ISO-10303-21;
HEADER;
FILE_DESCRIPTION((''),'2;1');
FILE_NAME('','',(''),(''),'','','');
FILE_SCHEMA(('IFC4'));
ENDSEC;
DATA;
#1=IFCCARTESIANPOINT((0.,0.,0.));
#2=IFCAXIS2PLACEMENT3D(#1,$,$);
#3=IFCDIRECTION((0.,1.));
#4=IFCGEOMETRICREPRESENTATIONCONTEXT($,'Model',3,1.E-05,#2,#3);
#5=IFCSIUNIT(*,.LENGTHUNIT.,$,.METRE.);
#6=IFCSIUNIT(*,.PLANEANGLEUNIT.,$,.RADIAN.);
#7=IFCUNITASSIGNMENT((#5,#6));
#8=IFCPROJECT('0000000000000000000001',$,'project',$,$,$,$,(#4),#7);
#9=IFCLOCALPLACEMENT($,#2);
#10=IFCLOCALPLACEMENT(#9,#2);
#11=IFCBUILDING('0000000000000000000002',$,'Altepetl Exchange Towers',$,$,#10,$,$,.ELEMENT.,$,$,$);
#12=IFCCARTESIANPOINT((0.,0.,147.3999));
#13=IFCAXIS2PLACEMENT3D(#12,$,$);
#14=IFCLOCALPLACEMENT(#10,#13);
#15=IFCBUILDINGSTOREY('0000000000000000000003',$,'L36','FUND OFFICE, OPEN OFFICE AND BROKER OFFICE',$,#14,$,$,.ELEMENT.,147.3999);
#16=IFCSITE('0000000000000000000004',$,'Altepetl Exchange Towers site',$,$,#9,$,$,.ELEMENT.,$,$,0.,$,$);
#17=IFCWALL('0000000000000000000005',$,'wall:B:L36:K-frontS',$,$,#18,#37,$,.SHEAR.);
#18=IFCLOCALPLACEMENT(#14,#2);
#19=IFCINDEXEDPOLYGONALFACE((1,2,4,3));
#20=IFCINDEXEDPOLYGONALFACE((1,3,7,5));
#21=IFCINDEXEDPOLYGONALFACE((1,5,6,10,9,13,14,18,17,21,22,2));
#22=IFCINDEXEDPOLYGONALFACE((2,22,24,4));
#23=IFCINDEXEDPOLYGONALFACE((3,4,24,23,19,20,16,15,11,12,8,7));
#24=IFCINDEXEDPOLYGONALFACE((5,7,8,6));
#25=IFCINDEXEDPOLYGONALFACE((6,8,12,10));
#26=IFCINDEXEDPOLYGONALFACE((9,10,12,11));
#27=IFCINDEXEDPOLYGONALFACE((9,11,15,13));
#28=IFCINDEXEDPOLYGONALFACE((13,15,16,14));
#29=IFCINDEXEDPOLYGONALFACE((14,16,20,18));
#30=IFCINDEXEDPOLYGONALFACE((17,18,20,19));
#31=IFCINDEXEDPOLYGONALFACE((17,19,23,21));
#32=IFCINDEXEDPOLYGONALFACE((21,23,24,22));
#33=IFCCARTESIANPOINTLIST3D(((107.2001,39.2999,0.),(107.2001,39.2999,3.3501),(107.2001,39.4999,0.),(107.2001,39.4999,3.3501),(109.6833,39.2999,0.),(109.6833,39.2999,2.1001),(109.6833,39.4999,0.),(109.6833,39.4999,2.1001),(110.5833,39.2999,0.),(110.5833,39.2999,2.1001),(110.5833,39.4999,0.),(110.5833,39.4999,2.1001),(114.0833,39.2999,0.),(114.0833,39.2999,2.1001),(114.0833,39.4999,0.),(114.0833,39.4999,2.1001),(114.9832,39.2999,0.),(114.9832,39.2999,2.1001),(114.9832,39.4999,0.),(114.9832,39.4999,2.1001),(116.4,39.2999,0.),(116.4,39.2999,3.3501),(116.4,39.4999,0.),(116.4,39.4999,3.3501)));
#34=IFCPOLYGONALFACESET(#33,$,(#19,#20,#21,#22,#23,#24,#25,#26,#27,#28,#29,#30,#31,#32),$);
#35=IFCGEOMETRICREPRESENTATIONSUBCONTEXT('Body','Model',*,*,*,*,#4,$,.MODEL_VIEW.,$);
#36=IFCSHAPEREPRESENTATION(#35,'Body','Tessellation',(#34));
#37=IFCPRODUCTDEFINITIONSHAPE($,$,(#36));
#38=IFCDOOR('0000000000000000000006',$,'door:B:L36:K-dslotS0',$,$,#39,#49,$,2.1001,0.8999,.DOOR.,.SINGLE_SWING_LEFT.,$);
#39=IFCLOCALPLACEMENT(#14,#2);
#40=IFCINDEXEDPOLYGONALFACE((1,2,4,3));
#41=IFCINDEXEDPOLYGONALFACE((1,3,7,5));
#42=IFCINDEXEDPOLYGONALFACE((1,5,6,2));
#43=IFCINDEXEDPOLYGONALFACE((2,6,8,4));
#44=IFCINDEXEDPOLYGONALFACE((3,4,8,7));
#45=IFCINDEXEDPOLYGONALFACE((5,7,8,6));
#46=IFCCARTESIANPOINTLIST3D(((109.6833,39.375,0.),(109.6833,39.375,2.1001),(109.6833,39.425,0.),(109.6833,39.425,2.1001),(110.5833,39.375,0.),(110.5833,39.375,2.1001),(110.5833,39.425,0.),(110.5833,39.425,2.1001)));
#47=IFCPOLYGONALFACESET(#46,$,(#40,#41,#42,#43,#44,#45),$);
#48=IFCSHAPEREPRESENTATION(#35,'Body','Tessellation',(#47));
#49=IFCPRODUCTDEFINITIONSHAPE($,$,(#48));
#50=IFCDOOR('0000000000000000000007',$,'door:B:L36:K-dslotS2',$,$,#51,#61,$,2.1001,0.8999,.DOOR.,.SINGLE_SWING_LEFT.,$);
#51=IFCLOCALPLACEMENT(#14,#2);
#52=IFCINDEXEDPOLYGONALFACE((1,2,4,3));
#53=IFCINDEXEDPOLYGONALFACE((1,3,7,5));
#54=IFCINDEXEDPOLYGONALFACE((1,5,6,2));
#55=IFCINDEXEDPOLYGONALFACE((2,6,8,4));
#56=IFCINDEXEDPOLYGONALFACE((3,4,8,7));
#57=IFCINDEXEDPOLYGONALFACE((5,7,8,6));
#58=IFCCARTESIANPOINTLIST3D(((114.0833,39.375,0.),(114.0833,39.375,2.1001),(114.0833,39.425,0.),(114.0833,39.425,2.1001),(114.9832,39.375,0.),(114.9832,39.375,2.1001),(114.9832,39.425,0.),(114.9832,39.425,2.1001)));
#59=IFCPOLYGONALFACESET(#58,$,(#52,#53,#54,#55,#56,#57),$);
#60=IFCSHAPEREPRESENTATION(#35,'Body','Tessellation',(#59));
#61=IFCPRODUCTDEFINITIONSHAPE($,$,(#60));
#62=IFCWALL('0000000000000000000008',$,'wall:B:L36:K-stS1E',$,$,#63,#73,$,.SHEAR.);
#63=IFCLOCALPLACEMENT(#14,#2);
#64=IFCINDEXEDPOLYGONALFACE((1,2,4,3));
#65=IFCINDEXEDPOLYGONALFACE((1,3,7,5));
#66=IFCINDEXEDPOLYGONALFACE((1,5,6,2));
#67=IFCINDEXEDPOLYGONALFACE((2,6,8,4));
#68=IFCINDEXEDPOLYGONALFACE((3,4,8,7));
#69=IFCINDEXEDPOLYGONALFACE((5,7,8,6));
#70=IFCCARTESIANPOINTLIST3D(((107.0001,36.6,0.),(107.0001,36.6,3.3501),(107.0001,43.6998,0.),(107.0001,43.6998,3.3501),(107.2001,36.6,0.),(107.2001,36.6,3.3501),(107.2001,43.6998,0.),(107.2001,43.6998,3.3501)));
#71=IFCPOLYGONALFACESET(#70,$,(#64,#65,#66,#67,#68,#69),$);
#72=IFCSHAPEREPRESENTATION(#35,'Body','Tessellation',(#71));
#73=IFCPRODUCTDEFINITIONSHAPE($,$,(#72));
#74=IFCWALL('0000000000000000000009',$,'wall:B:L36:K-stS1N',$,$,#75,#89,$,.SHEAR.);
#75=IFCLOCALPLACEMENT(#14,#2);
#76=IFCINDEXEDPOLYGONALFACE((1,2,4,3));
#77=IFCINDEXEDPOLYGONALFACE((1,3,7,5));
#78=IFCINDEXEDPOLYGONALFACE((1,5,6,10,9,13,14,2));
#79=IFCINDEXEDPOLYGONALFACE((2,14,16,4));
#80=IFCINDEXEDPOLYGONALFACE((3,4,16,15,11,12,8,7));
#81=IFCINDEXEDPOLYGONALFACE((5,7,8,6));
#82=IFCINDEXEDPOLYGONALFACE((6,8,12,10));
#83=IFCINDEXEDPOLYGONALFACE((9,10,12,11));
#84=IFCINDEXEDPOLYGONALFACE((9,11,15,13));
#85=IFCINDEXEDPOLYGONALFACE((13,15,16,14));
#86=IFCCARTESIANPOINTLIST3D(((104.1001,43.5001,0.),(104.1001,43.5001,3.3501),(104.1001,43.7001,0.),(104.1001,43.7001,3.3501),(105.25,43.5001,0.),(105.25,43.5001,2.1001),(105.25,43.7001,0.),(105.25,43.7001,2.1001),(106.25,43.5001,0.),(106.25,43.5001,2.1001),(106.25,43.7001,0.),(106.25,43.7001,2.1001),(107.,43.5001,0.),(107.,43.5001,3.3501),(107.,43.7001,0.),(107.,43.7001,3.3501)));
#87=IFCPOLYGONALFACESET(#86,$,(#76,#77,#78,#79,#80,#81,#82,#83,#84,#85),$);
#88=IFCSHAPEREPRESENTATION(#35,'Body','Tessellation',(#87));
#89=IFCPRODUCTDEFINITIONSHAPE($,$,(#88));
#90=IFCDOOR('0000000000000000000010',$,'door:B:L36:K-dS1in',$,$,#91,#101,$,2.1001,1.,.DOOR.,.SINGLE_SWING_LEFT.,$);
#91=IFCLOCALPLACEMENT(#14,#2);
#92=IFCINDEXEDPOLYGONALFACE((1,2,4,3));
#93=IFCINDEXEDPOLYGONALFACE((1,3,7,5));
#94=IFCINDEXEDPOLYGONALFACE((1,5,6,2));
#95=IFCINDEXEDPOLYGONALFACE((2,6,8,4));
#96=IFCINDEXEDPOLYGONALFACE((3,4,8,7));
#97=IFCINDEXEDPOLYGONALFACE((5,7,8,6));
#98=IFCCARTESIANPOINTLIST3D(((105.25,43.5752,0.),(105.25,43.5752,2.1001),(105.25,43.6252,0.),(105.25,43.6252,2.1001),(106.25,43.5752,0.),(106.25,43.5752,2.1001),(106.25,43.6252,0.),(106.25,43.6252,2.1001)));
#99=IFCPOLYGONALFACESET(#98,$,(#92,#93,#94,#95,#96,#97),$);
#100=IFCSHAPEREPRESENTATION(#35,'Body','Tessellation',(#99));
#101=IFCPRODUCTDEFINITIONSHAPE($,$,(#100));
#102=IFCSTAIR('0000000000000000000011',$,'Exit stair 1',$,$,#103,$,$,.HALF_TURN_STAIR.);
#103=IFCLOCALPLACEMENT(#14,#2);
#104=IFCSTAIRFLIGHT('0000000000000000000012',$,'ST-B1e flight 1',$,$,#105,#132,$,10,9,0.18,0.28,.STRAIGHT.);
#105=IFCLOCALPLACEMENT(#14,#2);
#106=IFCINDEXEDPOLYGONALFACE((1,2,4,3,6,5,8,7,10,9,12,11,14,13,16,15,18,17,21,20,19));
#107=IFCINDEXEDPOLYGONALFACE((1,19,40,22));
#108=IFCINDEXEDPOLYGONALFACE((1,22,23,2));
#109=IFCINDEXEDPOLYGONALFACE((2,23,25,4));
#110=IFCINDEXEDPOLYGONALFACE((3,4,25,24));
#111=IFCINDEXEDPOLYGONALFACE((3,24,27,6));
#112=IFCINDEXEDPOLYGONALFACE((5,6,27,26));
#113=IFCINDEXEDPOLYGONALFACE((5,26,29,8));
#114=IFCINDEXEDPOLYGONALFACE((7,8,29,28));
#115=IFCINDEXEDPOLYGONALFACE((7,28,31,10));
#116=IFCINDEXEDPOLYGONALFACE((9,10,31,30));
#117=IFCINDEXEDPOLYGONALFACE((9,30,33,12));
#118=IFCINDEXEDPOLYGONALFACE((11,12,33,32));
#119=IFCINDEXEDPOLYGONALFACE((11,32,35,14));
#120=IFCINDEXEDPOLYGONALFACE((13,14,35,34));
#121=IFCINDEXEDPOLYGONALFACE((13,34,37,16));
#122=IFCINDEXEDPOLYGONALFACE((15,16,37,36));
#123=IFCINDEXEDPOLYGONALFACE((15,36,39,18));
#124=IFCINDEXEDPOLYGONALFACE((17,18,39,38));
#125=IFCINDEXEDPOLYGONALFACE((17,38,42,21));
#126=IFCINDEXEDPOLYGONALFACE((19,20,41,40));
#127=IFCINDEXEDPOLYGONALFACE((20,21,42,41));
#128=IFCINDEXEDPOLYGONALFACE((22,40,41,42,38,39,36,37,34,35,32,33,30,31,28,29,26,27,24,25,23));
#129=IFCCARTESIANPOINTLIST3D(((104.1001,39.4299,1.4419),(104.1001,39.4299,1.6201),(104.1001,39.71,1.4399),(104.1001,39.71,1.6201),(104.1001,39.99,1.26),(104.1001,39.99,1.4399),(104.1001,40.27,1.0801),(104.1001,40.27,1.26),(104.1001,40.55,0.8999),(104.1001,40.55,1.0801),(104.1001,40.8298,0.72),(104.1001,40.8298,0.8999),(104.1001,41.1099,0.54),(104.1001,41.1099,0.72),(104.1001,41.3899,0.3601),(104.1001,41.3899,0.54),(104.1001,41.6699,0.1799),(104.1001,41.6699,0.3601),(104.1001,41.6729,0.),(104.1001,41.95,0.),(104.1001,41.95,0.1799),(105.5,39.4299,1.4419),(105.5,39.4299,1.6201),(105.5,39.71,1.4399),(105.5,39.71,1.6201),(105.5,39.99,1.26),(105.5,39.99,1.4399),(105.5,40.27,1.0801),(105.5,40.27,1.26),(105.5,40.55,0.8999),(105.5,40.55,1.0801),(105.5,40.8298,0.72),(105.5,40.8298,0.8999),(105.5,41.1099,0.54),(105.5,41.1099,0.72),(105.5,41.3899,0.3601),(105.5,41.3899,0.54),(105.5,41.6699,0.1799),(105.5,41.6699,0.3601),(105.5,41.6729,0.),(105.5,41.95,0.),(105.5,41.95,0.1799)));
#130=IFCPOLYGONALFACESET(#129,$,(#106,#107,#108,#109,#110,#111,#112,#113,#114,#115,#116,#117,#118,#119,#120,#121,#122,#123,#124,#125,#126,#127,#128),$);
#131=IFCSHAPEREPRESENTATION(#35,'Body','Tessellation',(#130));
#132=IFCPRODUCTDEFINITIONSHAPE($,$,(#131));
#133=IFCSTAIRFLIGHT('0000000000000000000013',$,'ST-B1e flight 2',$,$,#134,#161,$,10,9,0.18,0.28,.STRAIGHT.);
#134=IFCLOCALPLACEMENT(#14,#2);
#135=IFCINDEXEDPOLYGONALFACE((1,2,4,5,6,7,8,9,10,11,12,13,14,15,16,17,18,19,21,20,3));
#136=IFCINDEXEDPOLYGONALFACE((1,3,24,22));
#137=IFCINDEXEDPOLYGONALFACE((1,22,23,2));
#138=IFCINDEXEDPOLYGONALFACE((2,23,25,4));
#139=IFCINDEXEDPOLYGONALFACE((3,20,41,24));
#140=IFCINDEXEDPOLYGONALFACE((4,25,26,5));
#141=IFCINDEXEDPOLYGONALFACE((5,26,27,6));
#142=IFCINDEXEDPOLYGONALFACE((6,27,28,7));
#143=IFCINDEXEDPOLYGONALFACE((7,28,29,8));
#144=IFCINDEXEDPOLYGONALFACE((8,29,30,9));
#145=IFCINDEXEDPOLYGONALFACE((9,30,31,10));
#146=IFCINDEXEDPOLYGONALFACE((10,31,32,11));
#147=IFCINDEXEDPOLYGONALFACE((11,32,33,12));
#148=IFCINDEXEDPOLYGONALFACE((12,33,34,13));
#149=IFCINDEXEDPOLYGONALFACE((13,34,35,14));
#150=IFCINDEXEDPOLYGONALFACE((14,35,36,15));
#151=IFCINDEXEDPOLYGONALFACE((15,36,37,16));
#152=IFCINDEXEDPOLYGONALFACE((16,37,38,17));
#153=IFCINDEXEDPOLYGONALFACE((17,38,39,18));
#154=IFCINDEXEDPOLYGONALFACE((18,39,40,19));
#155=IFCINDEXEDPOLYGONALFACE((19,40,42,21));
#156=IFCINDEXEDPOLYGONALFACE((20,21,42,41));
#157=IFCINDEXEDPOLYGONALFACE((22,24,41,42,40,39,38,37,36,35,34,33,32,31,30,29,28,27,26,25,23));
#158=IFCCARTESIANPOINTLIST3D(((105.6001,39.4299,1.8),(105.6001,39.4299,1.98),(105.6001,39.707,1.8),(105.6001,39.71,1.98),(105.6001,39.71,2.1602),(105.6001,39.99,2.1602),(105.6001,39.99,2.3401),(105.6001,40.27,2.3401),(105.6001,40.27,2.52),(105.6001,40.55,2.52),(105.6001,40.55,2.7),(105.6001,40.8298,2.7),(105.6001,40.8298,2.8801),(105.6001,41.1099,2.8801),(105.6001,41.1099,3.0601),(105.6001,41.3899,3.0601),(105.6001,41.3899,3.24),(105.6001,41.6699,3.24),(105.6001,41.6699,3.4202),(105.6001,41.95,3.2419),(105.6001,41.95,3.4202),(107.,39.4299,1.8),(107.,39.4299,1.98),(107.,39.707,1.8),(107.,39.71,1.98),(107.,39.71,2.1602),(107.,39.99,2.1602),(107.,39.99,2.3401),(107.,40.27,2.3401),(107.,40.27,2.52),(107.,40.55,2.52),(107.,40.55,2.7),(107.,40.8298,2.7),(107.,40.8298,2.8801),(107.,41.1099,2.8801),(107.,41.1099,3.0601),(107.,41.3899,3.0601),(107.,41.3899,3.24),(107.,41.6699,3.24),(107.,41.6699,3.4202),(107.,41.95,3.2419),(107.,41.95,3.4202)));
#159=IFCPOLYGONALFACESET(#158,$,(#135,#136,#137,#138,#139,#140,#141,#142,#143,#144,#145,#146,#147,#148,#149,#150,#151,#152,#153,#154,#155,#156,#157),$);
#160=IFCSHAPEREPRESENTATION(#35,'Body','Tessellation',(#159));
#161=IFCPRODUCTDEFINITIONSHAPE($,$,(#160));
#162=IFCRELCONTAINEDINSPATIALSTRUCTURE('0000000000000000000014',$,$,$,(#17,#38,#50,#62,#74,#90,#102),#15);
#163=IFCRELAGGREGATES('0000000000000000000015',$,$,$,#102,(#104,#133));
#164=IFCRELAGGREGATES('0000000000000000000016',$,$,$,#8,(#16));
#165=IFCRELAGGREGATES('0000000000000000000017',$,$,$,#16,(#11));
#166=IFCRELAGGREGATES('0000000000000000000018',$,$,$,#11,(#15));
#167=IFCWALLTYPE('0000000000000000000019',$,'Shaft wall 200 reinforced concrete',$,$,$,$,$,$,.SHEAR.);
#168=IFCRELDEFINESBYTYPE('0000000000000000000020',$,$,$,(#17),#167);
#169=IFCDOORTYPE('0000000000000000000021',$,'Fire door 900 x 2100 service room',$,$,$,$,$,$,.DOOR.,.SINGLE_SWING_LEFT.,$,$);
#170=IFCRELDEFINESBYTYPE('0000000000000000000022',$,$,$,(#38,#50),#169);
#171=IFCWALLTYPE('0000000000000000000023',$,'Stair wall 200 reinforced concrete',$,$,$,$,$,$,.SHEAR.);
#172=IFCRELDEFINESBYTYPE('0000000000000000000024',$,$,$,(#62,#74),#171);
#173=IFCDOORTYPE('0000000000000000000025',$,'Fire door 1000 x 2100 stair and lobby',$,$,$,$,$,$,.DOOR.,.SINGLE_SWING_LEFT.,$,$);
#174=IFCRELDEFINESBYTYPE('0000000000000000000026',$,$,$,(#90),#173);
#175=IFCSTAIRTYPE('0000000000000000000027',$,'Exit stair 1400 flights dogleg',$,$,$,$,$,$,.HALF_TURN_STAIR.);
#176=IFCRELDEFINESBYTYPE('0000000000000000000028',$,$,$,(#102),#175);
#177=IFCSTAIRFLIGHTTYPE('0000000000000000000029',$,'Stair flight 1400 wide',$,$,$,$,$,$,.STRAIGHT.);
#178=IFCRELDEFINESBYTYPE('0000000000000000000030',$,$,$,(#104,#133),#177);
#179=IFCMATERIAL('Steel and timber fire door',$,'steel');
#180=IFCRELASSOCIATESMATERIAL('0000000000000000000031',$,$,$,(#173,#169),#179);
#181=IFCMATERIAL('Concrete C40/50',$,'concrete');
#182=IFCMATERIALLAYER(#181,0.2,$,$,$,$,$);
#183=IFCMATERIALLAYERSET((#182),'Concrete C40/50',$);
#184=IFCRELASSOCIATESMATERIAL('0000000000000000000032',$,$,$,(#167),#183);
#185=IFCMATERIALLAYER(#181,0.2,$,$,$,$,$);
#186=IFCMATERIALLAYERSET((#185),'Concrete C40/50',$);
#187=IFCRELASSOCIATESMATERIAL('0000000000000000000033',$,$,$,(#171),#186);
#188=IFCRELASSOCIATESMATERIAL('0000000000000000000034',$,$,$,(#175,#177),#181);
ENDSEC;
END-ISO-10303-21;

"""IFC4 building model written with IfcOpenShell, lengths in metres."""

from ifc_helpers import new_model, si_unit, direction, frame, frame_2d, origin, place, context, subcontext, project, spatial, polyline, rectangle, outline, extrude, material, layer, layer_set, type_object, element, fill, aggregate, save


model = new_model("IFC4")

# Units and contexts
model_context = context("Model", 3, precision=1e-05, world=origin(), true_north=direction((0.0, 1.0)))
body_context = subcontext(model_context, "Body", "Model", "MODEL_VIEW")
ifc_project = project(units=[si_unit("LENGTHUNIT", "METRE"), si_unit("PLANEANGLEUNIT", "RADIAN")], contexts=[model_context])

# Site, building, storey
site_placement = place(None, origin())
site = spatial("IfcSite", under=ifc_project, at=site_placement, Name="Altepetl Exchange Towers site", CompositionType="ELEMENT", RefElevation=0.0)
building_placement = place(site_placement, origin())
building = spatial("IfcBuilding", under=site, at=building_placement, Name="Altepetl Exchange Towers", CompositionType="ELEMENT")
storey_placement = place(building_placement, frame((0.0, 0.0, 147.3999)))
storey = spatial("IfcBuildingStorey", under=building, at=storey_placement, Name="L36", Description="FUND OFFICE, OPEN OFFICE AND BROKER OFFICE", CompositionType="ELEMENT", Elevation=147.3999)

# Shared definitions
ifc_material_1 = material(Name="Steel and timber fire door", Category="steel")
door_type_1 = type_object("IfcDoorType", Name="Fire door 1000 x 2100 stair and lobby", OperationType="SINGLE_SWING_LEFT", PredefinedType="DOOR", material=ifc_material_1)

# Shared definitions
ifc_material_2 = material(Name="Concrete C40/50", Category="concrete")
ifc_layer_1 = layer(ifc_material_2, 0.2)
ifc_layer_set_1 = layer_set([ifc_layer_1], Name="Concrete C40/50")
wall_type_1 = type_object("IfcWallType", Name="Shaft wall 200 reinforced concrete", PredefinedType="SHEAR", material=ifc_layer_set_1)

# Wall, openings, doors
wall_1_placement = place(storey_placement, frame((107.2, 39.3999, 0.0)))
wall_1 = element("IfcWall", 1, at=wall_1_placement, inside=storey, type_object=wall_type_1, Name="wall:B:L36:K-frontS", PredefinedType="SHEAR", context=body_context, shape_type="SweptSolid", body=[
    extrude(rectangle(XDim=9.2, YDim=0.2, at=frame_2d((4.6001, 0.0))), origin(), (0.0, 0.0, 1.0), 3.3501),
])
opening_1_placement = place(wall_1_placement, frame((2.4834, 0.0, 0.0)))
opening_1 = element("IfcOpeningElement", 2, at=opening_1_placement, cuts=wall_1, PredefinedType="OPENING", context=body_context, shape_type="SweptSolid", body=[
    extrude(rectangle(XDim=0.8999, YDim=2.1001, at=frame_2d((0.45, 1.05))), frame((0.0, 0.1099, 0.0), z_axis=(0.0, -1.0, 0.0), x_axis=(1.0, 0.0, 0.0)), (0.0, 0.0, 1.0), 0.22),
])
opening_2_placement = place(wall_1_placement, frame((6.8833, 0.0, 0.0)))
opening_2 = element("IfcOpeningElement", 3, at=opening_2_placement, cuts=wall_1, PredefinedType="OPENING", context=body_context, shape_type="SweptSolid", body=[
    extrude(rectangle(XDim=0.8999, YDim=2.1001, at=frame_2d((0.45, 1.05))), frame((0.0, 0.1099, 0.0), z_axis=(0.0, -1.0, 0.0), x_axis=(1.0, 0.0, 0.0)), (0.0, 0.0, 1.0), 0.22),
])
door_type_2 = type_object("IfcDoorType", Name="Fire door 900 x 2100 service room", OperationType="SINGLE_SWING_LEFT", PredefinedType="DOOR", material=ifc_material_1)
door_1_placement = place(opening_1_placement, frame((0.8999, 0.0, 0.0), x_axis=(-1.0, 0.0, 0.0)))
door_1 = element("IfcDoor", 4, at=door_1_placement, inside=storey, type_object=door_type_2, Name="door:B:L36:K-dslotS0", OperationType="SINGLE_SWING_LEFT", OverallHeight=2.1001, OverallWidth=0.8999, PredefinedType="DOOR", context=body_context, shape_type="SweptSolid", body=[
    extrude(rectangle(XDim=0.8999, YDim=2.1001, at=frame_2d((0.45, 1.05))), frame((0.0, 0.0249, 0.0), z_axis=(0.0, -1.0, 0.0), x_axis=(1.0, 0.0, 0.0)), (0.0, 0.0, 1.0), 0.05),
])
fill(opening_1, door_1)
door_2_placement = place(opening_2_placement, frame((0.8999, 0.0, 0.0), x_axis=(-1.0, 0.0, 0.0)))
door_2 = element("IfcDoor", 5, at=door_2_placement, inside=storey, type_object=door_type_2, Name="door:B:L36:K-dslotS2", OperationType="SINGLE_SWING_LEFT", OverallHeight=2.1001, OverallWidth=0.8999, PredefinedType="DOOR", context=body_context, shape_type="SweptSolid", body=[
    extrude(rectangle(XDim=0.8999, YDim=2.1001, at=frame_2d((0.45, 1.05))), frame((0.0, 0.0249, 0.0), z_axis=(0.0, -1.0, 0.0), x_axis=(1.0, 0.0, 0.0)), (0.0, 0.0, 1.0), 0.05),
])
fill(opening_2, door_2)

# Wall
ifc_layer_2 = layer(ifc_material_2, 0.2)
ifc_layer_set_2 = layer_set([ifc_layer_2], Name="Concrete C40/50")
wall_type_2 = type_object("IfcWallType", Name="Stair wall 200 reinforced concrete", PredefinedType="SHEAR", material=ifc_layer_set_2)
wall_2_placement = place(storey_placement, frame((107.1001, 36.6001, 0.0), z_axis=(0.0, 0.0, 1.0), x_axis=(0.0, 1.0, 0.0)))
element("IfcWall", 6, at=wall_2_placement, inside=storey, type_object=wall_type_2, Name="wall:B:L36:K-stS1E", PredefinedType="SHEAR", context=body_context, shape_type="SweptSolid", body=[
    extrude(rectangle(XDim=7.0999, YDim=0.2, at=frame_2d((3.5498, 0.0))), origin(), (0.0, 0.0, 1.0), 3.3501),
])

# Wall, opening, door
wall_3_placement = place(storey_placement, frame((104.1001, 43.6001, 0.0)))
wall_3 = element("IfcWall", 7, at=wall_3_placement, inside=storey, type_object=wall_type_2, Name="wall:B:L36:K-stS1N", PredefinedType="SHEAR", context=body_context, shape_type="SweptSolid", body=[
    extrude(rectangle(XDim=2.8999, YDim=0.2, at=frame_2d((1.45, 0.0))), origin(), (0.0, 0.0, 1.0), 3.3501),
])
opening_3_placement = place(wall_3_placement, frame((1.1499, 0.0, 0.0)))
opening_3 = element("IfcOpeningElement", 8, at=opening_3_placement, cuts=wall_3, PredefinedType="OPENING", context=body_context, shape_type="SweptSolid", body=[
    extrude(rectangle(XDim=1.0, YDim=2.1001, at=frame_2d((0.5, 1.05))), frame((0.0, 0.1099, 0.0), z_axis=(0.0, -1.0, 0.0), x_axis=(1.0, 0.0, 0.0)), (0.0, 0.0, 1.0), 0.22),
])
door_3_placement = place(opening_3_placement, frame((1.0, 0.0, 0.0), x_axis=(-1.0, 0.0, 0.0)))
door_3 = element("IfcDoor", 9, at=door_3_placement, inside=storey, type_object=door_type_1, Name="door:B:L36:K-dS1in", OperationType="SINGLE_SWING_LEFT", OverallHeight=2.1001, OverallWidth=1.0, PredefinedType="DOOR", context=body_context, shape_type="SweptSolid", body=[
    extrude(rectangle(XDim=1.0, YDim=2.1001, at=frame_2d((0.5, 1.05))), frame((0.0, 0.0249, 0.0), z_axis=(0.0, -1.0, 0.0), x_axis=(1.0, 0.0, 0.0)), (0.0, 0.0, 1.0), 0.05),
])
fill(opening_3, door_3)

# Stair, stair flights
stair_type = type_object("IfcStairType", Name="Exit stair 1400 flights dogleg", PredefinedType="HALF_TURN_STAIR", material=ifc_material_2)
stair_placement = place(storey_placement, origin())
stair = element("IfcStair", 10, at=stair_placement, inside=storey, type_object=stair_type, Name="Exit stair 1", PredefinedType="HALF_TURN_STAIR")
stair_flight_type = type_object("IfcStairFlightType", Name="Stair flight 1400 wide", PredefinedType="STRAIGHT", material=ifc_material_2)
stair_flight_1_placement = place(storey_placement, frame((104.8, 41.95, 0.0), z_axis=(0.0, 0.0, 1.0), x_axis=(0.0, -1.0, 0.0)))
stair_flight_1 = element("IfcStairFlight", 11, at=stair_flight_1_placement, type_object=stair_flight_type, Name="ST-B1e flight 1", NumberOfRisers=10, NumberOfTreads=9, PredefinedType="STRAIGHT", RiserHeight=0.18, TreadLength=0.28, context=body_context, shape_type="SweptSolid", body=[
    extrude(outline(polyline([(0.0, 0.0), (0.0, 0.1799), (0.28, 0.1799), (0.28, 0.3601), (0.5601, 0.3601), (0.5601, 0.54), (0.8401, 0.54), (0.8401, 0.72), (1.1201, 0.72), (1.1201, 0.8999), (1.3999, 0.8999), (1.3999, 1.0801), (1.6799, 1.0801), (1.6799, 1.26), (1.96, 1.26), (1.96, 1.4399), (2.24, 1.4399), (2.24, 1.6201), (2.52, 1.6201), (2.52, 1.8), (2.52, 1.4419), (0.2771, 0.0), (0.0, 0.0)])), frame((0.0, 0.7, 0.0), z_axis=(0.0, -1.0, 0.0), x_axis=(1.0, 0.0, 0.0)), (0.0, 0.0, 1.0), 1.3999),
])
stair_flight_2_placement = place(storey_placement, frame((106.3, 39.4299, 1.8), z_axis=(0.0, 0.0, 1.0), x_axis=(0.0, 1.0, 0.0)))
stair_flight_2 = element("IfcStairFlight", 12, at=stair_flight_2_placement, type_object=stair_flight_type, Name="ST-B1e flight 2", NumberOfRisers=10, NumberOfTreads=9, PredefinedType="STRAIGHT", RiserHeight=0.18, TreadLength=0.28, context=body_context, shape_type="SweptSolid", body=[
    extrude(outline(polyline([(0.0, 0.0), (0.0, 0.1799), (0.28, 0.1799), (0.28, 0.3601), (0.5601, 0.3601), (0.5601, 0.54), (0.8401, 0.54), (0.8401, 0.72), (1.1201, 0.72), (1.1201, 0.8999), (1.3999, 0.8999), (1.3999, 1.0801), (1.6799, 1.0801), (1.6799, 1.26), (1.96, 1.26), (1.96, 1.4399), (2.24, 1.4399), (2.24, 1.6201), (2.52, 1.6201), (2.52, 1.8), (2.52, 1.4419), (0.2771, 0.0), (0.0, 0.0)])), frame((0.0, 0.7, 0.0), z_axis=(0.0, -1.0, 0.0), x_axis=(1.0, 0.0, 0.0)), (0.0, 0.0, 1.0), 1.3999),
])
aggregate(stair, [stair_flight_1, stair_flight_2])

save(model, "model.ifc")
